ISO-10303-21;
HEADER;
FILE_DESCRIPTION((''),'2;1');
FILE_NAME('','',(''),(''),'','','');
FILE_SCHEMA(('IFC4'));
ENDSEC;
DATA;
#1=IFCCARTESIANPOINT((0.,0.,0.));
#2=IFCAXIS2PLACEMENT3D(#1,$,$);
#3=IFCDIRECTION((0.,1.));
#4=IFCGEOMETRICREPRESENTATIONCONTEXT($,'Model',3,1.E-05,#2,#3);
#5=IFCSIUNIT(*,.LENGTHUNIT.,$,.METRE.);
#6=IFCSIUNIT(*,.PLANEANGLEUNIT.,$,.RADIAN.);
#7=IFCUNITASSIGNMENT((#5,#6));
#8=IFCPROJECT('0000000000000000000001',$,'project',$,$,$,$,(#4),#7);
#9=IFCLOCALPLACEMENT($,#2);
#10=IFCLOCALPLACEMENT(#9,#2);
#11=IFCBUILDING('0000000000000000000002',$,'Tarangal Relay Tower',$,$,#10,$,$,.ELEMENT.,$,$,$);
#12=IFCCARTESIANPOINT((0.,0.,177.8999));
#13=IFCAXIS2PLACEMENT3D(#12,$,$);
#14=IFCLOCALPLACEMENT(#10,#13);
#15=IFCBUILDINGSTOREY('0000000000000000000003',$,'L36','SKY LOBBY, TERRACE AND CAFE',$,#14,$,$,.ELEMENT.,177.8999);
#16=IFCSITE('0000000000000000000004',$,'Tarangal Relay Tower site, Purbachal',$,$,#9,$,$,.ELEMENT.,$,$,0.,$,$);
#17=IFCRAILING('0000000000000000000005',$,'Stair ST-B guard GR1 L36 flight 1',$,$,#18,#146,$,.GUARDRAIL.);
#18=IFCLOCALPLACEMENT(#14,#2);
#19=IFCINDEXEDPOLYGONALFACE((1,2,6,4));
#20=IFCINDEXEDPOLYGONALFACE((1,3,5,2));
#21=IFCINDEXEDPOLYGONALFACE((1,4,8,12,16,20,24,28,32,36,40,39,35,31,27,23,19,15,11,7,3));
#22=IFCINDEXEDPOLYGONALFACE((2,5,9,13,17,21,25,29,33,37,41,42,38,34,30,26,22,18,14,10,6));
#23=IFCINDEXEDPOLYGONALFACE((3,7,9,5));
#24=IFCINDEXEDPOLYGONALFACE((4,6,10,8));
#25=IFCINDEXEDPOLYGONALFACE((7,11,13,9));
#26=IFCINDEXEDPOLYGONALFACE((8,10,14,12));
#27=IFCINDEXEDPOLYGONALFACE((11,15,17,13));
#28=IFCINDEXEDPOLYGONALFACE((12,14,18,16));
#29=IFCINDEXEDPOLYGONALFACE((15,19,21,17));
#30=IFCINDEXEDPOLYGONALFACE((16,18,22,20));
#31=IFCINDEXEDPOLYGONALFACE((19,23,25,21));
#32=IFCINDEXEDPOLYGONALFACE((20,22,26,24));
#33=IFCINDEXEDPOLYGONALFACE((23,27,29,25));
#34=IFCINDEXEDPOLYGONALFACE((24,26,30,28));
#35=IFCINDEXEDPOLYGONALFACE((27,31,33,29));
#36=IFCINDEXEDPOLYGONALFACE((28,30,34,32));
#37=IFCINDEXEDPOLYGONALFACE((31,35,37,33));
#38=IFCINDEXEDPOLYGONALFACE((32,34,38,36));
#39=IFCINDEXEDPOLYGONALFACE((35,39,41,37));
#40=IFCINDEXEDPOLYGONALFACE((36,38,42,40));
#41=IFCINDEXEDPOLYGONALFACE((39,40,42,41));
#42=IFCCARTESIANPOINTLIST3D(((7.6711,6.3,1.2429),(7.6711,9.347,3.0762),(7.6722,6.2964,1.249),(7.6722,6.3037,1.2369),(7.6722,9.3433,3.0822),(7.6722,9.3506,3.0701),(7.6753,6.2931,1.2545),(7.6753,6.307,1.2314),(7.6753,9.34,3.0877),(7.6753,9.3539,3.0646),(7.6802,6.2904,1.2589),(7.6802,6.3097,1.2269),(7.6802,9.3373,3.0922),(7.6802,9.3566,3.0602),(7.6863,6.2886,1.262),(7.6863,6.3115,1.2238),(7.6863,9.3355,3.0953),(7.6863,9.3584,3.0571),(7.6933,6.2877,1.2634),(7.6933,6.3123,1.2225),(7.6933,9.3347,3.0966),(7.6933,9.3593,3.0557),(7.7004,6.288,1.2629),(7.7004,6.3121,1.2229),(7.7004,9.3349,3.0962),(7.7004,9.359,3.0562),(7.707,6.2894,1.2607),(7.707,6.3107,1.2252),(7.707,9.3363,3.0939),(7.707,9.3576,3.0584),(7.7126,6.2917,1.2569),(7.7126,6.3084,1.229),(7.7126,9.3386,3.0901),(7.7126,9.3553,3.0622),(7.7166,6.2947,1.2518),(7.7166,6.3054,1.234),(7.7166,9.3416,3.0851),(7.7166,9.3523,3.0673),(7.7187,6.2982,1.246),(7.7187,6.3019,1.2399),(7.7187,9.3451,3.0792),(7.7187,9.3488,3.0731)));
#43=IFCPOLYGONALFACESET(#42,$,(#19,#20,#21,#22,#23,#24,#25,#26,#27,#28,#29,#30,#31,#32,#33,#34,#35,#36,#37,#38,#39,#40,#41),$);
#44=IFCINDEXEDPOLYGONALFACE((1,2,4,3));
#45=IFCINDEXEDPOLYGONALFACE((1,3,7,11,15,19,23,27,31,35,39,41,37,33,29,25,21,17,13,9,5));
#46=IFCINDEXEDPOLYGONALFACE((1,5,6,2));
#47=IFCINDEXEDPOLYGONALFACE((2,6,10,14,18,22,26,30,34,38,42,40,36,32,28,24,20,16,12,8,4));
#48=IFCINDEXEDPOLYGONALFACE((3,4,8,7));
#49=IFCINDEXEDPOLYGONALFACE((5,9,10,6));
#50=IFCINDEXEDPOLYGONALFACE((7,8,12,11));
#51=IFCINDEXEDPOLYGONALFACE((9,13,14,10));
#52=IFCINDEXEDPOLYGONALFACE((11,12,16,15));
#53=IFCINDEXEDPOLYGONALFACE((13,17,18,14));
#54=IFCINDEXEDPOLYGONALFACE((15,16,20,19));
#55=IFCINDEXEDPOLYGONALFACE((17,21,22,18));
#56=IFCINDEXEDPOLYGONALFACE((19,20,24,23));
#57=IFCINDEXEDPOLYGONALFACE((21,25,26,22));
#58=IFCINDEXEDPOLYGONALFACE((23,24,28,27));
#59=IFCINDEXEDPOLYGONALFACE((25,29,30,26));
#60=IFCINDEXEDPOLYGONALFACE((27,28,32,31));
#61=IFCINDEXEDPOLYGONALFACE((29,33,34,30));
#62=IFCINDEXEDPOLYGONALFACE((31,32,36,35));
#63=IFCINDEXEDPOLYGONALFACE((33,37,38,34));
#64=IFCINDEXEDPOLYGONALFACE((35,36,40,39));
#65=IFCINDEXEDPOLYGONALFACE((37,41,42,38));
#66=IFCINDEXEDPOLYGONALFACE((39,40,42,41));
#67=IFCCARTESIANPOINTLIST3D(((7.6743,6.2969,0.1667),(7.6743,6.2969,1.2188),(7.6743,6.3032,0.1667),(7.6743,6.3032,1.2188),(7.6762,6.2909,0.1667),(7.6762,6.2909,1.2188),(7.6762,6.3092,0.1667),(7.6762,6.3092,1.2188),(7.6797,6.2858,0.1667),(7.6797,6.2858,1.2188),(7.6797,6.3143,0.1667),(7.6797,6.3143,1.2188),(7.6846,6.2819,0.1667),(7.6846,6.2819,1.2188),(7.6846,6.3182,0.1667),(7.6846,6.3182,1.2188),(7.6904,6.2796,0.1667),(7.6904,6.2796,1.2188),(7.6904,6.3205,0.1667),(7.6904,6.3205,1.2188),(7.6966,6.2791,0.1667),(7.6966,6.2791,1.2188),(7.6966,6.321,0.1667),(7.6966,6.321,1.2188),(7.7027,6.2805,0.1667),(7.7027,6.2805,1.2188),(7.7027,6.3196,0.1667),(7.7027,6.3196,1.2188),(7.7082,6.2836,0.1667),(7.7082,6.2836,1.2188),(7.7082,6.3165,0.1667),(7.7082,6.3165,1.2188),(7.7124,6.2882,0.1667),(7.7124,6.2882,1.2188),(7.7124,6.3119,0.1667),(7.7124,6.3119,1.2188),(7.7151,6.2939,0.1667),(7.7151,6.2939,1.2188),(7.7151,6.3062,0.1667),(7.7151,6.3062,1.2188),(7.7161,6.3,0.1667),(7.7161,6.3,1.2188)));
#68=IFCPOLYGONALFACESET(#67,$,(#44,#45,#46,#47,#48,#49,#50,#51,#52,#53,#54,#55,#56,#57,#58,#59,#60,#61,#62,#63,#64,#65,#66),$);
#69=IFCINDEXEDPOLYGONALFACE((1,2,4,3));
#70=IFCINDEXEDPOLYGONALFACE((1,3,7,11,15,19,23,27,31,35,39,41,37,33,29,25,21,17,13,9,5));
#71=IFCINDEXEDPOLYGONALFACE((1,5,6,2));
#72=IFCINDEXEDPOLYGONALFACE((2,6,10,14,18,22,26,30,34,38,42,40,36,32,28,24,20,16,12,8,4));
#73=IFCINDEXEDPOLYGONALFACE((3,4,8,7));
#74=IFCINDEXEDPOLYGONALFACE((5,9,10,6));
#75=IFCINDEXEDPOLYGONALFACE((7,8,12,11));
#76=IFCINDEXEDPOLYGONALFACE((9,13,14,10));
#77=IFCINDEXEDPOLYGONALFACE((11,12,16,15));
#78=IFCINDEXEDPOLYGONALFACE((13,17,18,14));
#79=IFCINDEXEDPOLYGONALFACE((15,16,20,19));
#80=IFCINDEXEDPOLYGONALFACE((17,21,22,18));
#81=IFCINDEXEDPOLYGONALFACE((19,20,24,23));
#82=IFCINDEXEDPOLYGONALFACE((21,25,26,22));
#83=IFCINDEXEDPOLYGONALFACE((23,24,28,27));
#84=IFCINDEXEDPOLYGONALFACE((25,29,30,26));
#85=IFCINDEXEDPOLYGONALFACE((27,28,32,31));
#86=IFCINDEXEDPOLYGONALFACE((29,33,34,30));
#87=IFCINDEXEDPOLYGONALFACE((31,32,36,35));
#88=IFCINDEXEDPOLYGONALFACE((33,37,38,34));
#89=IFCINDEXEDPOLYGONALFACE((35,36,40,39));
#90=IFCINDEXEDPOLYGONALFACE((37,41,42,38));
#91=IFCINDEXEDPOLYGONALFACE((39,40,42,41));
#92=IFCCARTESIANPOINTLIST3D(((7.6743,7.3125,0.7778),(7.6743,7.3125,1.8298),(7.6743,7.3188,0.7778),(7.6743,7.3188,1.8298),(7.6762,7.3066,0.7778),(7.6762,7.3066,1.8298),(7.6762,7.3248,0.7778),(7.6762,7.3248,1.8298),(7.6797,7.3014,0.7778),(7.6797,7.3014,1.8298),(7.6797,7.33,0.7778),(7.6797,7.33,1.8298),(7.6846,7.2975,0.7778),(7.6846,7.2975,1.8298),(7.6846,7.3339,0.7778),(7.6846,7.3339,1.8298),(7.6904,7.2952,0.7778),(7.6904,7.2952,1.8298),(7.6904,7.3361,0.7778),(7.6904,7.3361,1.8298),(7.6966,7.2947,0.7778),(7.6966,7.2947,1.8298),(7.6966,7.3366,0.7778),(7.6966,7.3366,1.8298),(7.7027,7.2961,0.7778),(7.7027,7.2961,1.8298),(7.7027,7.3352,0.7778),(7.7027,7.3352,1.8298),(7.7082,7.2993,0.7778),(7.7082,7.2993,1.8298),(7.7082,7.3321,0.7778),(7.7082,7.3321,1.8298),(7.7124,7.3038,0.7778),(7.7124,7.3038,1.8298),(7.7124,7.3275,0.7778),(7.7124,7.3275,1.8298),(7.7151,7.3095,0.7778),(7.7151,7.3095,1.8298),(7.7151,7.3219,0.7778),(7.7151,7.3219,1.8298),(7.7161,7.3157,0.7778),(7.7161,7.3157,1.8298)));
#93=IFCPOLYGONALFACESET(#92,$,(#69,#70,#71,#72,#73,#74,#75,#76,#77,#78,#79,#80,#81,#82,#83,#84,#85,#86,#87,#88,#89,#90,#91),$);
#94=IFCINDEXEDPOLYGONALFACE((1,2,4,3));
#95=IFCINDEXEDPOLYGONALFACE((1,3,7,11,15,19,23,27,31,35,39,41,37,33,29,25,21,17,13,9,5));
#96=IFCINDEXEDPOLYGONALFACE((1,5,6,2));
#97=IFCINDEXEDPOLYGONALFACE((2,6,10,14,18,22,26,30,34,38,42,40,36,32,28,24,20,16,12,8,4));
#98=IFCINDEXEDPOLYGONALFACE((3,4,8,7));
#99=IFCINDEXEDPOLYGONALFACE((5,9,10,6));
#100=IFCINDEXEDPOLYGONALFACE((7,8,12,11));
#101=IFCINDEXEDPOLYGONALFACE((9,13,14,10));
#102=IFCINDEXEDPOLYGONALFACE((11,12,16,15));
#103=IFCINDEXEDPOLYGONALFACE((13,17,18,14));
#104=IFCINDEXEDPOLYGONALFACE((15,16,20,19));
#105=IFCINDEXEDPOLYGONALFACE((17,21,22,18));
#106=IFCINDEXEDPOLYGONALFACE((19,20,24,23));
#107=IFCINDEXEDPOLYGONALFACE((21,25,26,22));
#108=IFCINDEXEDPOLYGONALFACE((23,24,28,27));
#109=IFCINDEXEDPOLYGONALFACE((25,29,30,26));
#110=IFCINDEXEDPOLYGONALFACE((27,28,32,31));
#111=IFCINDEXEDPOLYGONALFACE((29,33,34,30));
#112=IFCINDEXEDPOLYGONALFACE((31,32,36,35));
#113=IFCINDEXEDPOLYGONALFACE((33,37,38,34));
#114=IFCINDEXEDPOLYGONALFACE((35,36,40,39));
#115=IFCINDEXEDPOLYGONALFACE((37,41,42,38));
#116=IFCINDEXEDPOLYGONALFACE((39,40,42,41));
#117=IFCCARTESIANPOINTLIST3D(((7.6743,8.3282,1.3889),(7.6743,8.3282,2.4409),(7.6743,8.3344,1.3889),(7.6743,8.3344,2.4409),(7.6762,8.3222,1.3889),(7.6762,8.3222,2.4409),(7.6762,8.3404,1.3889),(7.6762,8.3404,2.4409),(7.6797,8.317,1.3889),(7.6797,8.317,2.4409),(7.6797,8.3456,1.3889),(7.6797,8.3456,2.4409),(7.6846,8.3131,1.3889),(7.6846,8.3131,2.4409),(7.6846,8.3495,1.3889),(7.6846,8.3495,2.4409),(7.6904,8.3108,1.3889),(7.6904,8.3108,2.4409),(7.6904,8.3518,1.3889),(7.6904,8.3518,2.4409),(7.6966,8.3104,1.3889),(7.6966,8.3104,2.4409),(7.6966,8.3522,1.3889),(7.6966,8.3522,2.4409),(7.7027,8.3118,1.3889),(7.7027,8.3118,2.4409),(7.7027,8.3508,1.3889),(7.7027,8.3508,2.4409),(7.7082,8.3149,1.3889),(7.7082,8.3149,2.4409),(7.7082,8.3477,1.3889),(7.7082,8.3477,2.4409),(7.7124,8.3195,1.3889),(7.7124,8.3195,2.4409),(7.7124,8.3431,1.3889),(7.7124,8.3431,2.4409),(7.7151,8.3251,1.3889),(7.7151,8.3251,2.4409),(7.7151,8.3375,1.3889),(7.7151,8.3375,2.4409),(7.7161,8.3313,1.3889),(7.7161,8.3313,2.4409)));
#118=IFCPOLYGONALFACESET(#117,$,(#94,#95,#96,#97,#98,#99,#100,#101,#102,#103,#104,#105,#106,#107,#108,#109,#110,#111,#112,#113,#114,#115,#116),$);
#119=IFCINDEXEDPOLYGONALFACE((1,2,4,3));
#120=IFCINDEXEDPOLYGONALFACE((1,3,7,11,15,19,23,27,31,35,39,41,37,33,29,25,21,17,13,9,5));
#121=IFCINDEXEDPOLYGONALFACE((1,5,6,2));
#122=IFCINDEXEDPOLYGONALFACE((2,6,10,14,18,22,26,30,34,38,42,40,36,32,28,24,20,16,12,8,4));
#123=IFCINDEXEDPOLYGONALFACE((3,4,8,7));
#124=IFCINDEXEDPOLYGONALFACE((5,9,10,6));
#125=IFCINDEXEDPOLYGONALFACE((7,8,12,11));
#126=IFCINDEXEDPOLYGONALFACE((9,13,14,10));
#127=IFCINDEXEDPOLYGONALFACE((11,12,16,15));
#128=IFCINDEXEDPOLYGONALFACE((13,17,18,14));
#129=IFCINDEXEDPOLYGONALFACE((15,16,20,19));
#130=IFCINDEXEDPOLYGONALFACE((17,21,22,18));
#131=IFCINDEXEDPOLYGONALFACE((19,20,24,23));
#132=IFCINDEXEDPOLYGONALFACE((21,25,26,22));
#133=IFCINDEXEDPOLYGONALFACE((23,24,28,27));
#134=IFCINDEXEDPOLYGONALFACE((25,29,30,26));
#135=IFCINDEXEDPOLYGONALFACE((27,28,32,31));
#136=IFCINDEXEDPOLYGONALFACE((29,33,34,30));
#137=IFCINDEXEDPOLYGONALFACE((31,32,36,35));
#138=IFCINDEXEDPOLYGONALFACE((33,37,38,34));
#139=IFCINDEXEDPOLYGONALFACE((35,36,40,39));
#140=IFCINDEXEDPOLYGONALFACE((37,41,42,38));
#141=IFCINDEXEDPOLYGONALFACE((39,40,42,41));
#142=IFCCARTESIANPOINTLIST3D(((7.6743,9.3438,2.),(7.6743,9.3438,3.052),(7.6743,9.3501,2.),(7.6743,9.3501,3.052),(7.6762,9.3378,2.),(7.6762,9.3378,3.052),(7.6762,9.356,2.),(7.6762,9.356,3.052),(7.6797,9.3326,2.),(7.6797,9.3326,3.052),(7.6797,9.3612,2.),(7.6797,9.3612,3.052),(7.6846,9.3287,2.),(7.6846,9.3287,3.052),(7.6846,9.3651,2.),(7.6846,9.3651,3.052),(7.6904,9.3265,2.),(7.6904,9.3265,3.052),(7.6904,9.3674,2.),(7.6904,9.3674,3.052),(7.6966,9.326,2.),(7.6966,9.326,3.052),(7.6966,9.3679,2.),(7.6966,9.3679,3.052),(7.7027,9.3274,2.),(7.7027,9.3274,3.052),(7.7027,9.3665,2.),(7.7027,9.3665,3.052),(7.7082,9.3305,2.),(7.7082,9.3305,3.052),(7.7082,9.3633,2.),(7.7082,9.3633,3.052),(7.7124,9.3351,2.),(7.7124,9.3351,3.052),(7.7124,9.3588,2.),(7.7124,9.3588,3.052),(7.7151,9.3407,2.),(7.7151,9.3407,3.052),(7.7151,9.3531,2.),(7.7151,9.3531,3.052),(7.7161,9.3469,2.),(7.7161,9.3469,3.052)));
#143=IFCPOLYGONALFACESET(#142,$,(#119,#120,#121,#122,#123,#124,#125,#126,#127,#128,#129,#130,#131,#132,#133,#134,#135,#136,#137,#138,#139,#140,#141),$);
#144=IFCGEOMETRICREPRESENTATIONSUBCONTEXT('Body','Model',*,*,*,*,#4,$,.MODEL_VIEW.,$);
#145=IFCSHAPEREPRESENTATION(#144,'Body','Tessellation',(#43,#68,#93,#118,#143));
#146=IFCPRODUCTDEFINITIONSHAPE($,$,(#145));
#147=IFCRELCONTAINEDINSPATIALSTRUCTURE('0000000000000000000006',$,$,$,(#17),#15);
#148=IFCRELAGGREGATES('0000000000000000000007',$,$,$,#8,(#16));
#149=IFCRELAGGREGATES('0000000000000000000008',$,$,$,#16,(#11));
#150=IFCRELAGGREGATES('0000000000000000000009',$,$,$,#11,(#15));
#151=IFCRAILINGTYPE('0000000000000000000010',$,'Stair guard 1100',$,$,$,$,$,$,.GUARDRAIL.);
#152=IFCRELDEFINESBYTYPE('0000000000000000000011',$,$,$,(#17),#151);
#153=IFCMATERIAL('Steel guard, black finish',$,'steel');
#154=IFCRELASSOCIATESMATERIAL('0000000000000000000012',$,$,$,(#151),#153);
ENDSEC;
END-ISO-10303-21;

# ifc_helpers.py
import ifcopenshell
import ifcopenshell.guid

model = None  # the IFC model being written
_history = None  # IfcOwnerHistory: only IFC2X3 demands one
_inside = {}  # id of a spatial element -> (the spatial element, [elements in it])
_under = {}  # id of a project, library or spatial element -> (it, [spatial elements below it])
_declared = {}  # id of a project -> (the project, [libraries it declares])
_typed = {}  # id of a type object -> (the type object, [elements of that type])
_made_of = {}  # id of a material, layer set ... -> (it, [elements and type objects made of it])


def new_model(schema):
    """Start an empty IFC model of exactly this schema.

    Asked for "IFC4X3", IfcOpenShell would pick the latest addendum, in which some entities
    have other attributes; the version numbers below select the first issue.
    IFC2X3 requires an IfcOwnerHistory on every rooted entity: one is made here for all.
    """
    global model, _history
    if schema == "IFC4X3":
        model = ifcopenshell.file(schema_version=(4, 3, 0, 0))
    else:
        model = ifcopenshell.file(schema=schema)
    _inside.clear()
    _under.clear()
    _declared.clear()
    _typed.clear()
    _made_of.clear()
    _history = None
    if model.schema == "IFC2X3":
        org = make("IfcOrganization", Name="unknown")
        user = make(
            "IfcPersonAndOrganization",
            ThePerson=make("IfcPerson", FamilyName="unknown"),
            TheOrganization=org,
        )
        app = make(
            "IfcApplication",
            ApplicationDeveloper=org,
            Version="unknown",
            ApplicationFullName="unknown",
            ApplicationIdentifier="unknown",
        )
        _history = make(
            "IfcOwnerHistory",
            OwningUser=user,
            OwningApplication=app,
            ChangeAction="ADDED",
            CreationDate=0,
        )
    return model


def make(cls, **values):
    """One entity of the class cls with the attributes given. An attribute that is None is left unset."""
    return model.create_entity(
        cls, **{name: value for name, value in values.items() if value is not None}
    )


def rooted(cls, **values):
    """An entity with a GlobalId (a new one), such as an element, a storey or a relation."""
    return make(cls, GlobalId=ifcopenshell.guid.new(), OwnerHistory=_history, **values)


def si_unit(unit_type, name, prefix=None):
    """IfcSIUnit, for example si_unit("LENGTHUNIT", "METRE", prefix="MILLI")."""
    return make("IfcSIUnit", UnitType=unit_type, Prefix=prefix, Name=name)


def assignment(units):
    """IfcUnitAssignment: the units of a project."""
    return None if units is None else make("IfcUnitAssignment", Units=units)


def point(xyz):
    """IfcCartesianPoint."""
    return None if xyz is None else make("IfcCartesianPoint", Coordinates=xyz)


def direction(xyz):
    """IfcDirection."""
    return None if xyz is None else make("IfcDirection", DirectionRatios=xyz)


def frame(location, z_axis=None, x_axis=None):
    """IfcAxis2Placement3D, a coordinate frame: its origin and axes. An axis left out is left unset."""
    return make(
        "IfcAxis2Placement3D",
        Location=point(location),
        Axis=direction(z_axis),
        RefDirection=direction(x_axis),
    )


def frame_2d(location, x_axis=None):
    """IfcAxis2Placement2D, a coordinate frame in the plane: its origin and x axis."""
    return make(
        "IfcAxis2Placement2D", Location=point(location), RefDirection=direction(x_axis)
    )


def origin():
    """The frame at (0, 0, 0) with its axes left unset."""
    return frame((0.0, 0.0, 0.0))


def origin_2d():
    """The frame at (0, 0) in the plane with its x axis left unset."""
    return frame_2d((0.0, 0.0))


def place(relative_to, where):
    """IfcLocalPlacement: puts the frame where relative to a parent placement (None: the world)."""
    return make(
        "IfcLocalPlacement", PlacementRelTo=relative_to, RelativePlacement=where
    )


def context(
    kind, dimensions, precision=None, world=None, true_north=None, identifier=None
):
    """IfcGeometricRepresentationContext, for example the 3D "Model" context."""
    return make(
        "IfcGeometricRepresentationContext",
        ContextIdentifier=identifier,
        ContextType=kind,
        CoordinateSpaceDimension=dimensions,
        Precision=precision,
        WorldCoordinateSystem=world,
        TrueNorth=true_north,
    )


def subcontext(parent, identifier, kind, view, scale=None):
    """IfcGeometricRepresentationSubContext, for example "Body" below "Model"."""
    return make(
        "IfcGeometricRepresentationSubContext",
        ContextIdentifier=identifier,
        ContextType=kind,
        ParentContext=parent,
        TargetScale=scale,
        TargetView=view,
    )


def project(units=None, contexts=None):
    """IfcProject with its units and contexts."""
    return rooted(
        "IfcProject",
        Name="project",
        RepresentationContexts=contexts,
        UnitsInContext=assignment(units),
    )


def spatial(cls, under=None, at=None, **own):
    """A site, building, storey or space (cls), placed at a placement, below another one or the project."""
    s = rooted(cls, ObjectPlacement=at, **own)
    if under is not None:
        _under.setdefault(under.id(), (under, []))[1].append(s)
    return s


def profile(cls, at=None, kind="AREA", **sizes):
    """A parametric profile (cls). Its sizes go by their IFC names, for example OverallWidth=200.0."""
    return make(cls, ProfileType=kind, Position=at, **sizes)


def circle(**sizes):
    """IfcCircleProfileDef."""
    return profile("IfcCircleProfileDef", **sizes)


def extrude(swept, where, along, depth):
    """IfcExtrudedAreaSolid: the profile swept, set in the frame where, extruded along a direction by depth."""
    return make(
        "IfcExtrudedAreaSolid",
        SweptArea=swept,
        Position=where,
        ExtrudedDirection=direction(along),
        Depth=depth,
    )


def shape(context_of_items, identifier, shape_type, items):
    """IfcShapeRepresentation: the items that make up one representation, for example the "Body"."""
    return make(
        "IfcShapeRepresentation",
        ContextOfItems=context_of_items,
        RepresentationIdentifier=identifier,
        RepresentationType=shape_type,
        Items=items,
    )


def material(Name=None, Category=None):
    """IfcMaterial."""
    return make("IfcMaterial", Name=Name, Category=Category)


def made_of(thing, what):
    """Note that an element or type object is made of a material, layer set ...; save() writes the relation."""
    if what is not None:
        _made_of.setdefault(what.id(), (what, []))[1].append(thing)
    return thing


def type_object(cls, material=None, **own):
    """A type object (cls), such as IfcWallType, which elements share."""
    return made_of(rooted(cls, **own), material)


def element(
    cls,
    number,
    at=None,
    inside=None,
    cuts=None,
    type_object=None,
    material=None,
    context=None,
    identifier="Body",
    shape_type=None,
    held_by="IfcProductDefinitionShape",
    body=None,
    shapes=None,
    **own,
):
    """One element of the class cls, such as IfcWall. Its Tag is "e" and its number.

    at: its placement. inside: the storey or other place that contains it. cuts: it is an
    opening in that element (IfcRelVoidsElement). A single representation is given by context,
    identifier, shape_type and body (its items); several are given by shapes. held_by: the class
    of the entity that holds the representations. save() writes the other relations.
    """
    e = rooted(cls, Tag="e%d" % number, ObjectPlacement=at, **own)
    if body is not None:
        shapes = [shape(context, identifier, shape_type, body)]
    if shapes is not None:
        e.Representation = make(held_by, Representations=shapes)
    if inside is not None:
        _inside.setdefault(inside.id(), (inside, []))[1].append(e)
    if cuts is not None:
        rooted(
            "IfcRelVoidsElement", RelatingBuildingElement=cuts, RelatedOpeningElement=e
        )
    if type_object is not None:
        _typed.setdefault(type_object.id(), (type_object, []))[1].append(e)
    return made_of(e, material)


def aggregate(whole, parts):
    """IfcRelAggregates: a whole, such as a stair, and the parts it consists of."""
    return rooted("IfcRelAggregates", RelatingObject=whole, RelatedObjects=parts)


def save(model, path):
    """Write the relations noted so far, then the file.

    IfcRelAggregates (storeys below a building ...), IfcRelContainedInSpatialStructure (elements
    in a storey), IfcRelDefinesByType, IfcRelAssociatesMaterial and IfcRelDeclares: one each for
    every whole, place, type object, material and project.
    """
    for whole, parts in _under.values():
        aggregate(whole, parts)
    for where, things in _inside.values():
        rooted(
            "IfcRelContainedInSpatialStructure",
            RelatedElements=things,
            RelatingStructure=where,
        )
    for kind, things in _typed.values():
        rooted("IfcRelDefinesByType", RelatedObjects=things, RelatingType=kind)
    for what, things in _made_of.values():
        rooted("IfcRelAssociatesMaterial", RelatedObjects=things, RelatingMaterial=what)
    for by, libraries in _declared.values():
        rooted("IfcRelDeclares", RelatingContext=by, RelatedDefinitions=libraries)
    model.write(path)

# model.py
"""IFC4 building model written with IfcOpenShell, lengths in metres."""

from ifc_helpers import new_model, si_unit, direction, frame, origin, origin_2d, place, context, subcontext, project, spatial, circle, extrude, material, type_object, element, save


model = new_model("IFC4")

# Units and contexts
model_context = context("Model", 3, precision=1e-05, world=origin(), true_north=direction((0.0, 1.0)))
body_context = subcontext(model_context, "Body", "Model", "MODEL_VIEW")
ifc_project = project(units=[si_unit("LENGTHUNIT", "METRE"), si_unit("PLANEANGLEUNIT", "RADIAN")], contexts=[model_context])

# Site, building, storey
site_placement = place(None, origin())
site = spatial("IfcSite", under=ifc_project, at=site_placement, Name="Tarangal Relay Tower site, Purbachal", CompositionType="ELEMENT", RefElevation=0.0)
building_placement = place(site_placement, origin())
building = spatial("IfcBuilding", under=site, at=building_placement, Name="Tarangal Relay Tower", CompositionType="ELEMENT")
storey_placement = place(building_placement, frame((0.0, 0.0, 177.8999)))
storey = spatial("IfcBuildingStorey", under=building, at=storey_placement, Name="L36", Description="SKY LOBBY, TERRACE AND CAFE", CompositionType="ELEMENT", Elevation=177.8999)

# Railing
ifc_material_1 = material(Name="Steel guard, black finish", Category="steel")
railing_type_1 = type_object("IfcRailingType", Name="Stair guard 1100", PredefinedType="GUARDRAIL", material=ifc_material_1)
railing_1_placement = place(storey_placement, frame((7.6951, 6.3, 0.1667)))
element("IfcRailing", 1, at=railing_1_placement, inside=storey, type_object=railing_type_1, Name="Stair ST-B guard GR1 L36 flight 1", PredefinedType="GUARDRAIL", context=body_context, shape_type="SweptSolid", body=[
    extrude(circle(Radius=0.0239, at=origin_2d()), frame((0.0, 0.0, 1.0762), z_axis=(0.0, 0.856856, 0.515556), x_axis=(-1.0, 0.0, 0.0)), (0.0, 0.0, 1.0), 3.5559),
    extrude(circle(Radius=0.021, at=origin_2d()), origin(), (0.0, 0.0, 1.0), 1.052),
    extrude(circle(Radius=0.021, at=origin_2d()), frame((0.0, 1.0156, 0.6111)), (0.0, 0.0, 1.0), 1.052),
    extrude(circle(Radius=0.021, at=origin_2d()), frame((0.0, 2.0312, 1.2222)), (0.0, 0.0, 1.0), 1.052),
    extrude(circle(Radius=0.021, at=origin_2d()), frame((0.0, 3.0469, 1.8333)), (0.0, 0.0, 1.0), 1.052),
])

save(model, "model.ifc")
